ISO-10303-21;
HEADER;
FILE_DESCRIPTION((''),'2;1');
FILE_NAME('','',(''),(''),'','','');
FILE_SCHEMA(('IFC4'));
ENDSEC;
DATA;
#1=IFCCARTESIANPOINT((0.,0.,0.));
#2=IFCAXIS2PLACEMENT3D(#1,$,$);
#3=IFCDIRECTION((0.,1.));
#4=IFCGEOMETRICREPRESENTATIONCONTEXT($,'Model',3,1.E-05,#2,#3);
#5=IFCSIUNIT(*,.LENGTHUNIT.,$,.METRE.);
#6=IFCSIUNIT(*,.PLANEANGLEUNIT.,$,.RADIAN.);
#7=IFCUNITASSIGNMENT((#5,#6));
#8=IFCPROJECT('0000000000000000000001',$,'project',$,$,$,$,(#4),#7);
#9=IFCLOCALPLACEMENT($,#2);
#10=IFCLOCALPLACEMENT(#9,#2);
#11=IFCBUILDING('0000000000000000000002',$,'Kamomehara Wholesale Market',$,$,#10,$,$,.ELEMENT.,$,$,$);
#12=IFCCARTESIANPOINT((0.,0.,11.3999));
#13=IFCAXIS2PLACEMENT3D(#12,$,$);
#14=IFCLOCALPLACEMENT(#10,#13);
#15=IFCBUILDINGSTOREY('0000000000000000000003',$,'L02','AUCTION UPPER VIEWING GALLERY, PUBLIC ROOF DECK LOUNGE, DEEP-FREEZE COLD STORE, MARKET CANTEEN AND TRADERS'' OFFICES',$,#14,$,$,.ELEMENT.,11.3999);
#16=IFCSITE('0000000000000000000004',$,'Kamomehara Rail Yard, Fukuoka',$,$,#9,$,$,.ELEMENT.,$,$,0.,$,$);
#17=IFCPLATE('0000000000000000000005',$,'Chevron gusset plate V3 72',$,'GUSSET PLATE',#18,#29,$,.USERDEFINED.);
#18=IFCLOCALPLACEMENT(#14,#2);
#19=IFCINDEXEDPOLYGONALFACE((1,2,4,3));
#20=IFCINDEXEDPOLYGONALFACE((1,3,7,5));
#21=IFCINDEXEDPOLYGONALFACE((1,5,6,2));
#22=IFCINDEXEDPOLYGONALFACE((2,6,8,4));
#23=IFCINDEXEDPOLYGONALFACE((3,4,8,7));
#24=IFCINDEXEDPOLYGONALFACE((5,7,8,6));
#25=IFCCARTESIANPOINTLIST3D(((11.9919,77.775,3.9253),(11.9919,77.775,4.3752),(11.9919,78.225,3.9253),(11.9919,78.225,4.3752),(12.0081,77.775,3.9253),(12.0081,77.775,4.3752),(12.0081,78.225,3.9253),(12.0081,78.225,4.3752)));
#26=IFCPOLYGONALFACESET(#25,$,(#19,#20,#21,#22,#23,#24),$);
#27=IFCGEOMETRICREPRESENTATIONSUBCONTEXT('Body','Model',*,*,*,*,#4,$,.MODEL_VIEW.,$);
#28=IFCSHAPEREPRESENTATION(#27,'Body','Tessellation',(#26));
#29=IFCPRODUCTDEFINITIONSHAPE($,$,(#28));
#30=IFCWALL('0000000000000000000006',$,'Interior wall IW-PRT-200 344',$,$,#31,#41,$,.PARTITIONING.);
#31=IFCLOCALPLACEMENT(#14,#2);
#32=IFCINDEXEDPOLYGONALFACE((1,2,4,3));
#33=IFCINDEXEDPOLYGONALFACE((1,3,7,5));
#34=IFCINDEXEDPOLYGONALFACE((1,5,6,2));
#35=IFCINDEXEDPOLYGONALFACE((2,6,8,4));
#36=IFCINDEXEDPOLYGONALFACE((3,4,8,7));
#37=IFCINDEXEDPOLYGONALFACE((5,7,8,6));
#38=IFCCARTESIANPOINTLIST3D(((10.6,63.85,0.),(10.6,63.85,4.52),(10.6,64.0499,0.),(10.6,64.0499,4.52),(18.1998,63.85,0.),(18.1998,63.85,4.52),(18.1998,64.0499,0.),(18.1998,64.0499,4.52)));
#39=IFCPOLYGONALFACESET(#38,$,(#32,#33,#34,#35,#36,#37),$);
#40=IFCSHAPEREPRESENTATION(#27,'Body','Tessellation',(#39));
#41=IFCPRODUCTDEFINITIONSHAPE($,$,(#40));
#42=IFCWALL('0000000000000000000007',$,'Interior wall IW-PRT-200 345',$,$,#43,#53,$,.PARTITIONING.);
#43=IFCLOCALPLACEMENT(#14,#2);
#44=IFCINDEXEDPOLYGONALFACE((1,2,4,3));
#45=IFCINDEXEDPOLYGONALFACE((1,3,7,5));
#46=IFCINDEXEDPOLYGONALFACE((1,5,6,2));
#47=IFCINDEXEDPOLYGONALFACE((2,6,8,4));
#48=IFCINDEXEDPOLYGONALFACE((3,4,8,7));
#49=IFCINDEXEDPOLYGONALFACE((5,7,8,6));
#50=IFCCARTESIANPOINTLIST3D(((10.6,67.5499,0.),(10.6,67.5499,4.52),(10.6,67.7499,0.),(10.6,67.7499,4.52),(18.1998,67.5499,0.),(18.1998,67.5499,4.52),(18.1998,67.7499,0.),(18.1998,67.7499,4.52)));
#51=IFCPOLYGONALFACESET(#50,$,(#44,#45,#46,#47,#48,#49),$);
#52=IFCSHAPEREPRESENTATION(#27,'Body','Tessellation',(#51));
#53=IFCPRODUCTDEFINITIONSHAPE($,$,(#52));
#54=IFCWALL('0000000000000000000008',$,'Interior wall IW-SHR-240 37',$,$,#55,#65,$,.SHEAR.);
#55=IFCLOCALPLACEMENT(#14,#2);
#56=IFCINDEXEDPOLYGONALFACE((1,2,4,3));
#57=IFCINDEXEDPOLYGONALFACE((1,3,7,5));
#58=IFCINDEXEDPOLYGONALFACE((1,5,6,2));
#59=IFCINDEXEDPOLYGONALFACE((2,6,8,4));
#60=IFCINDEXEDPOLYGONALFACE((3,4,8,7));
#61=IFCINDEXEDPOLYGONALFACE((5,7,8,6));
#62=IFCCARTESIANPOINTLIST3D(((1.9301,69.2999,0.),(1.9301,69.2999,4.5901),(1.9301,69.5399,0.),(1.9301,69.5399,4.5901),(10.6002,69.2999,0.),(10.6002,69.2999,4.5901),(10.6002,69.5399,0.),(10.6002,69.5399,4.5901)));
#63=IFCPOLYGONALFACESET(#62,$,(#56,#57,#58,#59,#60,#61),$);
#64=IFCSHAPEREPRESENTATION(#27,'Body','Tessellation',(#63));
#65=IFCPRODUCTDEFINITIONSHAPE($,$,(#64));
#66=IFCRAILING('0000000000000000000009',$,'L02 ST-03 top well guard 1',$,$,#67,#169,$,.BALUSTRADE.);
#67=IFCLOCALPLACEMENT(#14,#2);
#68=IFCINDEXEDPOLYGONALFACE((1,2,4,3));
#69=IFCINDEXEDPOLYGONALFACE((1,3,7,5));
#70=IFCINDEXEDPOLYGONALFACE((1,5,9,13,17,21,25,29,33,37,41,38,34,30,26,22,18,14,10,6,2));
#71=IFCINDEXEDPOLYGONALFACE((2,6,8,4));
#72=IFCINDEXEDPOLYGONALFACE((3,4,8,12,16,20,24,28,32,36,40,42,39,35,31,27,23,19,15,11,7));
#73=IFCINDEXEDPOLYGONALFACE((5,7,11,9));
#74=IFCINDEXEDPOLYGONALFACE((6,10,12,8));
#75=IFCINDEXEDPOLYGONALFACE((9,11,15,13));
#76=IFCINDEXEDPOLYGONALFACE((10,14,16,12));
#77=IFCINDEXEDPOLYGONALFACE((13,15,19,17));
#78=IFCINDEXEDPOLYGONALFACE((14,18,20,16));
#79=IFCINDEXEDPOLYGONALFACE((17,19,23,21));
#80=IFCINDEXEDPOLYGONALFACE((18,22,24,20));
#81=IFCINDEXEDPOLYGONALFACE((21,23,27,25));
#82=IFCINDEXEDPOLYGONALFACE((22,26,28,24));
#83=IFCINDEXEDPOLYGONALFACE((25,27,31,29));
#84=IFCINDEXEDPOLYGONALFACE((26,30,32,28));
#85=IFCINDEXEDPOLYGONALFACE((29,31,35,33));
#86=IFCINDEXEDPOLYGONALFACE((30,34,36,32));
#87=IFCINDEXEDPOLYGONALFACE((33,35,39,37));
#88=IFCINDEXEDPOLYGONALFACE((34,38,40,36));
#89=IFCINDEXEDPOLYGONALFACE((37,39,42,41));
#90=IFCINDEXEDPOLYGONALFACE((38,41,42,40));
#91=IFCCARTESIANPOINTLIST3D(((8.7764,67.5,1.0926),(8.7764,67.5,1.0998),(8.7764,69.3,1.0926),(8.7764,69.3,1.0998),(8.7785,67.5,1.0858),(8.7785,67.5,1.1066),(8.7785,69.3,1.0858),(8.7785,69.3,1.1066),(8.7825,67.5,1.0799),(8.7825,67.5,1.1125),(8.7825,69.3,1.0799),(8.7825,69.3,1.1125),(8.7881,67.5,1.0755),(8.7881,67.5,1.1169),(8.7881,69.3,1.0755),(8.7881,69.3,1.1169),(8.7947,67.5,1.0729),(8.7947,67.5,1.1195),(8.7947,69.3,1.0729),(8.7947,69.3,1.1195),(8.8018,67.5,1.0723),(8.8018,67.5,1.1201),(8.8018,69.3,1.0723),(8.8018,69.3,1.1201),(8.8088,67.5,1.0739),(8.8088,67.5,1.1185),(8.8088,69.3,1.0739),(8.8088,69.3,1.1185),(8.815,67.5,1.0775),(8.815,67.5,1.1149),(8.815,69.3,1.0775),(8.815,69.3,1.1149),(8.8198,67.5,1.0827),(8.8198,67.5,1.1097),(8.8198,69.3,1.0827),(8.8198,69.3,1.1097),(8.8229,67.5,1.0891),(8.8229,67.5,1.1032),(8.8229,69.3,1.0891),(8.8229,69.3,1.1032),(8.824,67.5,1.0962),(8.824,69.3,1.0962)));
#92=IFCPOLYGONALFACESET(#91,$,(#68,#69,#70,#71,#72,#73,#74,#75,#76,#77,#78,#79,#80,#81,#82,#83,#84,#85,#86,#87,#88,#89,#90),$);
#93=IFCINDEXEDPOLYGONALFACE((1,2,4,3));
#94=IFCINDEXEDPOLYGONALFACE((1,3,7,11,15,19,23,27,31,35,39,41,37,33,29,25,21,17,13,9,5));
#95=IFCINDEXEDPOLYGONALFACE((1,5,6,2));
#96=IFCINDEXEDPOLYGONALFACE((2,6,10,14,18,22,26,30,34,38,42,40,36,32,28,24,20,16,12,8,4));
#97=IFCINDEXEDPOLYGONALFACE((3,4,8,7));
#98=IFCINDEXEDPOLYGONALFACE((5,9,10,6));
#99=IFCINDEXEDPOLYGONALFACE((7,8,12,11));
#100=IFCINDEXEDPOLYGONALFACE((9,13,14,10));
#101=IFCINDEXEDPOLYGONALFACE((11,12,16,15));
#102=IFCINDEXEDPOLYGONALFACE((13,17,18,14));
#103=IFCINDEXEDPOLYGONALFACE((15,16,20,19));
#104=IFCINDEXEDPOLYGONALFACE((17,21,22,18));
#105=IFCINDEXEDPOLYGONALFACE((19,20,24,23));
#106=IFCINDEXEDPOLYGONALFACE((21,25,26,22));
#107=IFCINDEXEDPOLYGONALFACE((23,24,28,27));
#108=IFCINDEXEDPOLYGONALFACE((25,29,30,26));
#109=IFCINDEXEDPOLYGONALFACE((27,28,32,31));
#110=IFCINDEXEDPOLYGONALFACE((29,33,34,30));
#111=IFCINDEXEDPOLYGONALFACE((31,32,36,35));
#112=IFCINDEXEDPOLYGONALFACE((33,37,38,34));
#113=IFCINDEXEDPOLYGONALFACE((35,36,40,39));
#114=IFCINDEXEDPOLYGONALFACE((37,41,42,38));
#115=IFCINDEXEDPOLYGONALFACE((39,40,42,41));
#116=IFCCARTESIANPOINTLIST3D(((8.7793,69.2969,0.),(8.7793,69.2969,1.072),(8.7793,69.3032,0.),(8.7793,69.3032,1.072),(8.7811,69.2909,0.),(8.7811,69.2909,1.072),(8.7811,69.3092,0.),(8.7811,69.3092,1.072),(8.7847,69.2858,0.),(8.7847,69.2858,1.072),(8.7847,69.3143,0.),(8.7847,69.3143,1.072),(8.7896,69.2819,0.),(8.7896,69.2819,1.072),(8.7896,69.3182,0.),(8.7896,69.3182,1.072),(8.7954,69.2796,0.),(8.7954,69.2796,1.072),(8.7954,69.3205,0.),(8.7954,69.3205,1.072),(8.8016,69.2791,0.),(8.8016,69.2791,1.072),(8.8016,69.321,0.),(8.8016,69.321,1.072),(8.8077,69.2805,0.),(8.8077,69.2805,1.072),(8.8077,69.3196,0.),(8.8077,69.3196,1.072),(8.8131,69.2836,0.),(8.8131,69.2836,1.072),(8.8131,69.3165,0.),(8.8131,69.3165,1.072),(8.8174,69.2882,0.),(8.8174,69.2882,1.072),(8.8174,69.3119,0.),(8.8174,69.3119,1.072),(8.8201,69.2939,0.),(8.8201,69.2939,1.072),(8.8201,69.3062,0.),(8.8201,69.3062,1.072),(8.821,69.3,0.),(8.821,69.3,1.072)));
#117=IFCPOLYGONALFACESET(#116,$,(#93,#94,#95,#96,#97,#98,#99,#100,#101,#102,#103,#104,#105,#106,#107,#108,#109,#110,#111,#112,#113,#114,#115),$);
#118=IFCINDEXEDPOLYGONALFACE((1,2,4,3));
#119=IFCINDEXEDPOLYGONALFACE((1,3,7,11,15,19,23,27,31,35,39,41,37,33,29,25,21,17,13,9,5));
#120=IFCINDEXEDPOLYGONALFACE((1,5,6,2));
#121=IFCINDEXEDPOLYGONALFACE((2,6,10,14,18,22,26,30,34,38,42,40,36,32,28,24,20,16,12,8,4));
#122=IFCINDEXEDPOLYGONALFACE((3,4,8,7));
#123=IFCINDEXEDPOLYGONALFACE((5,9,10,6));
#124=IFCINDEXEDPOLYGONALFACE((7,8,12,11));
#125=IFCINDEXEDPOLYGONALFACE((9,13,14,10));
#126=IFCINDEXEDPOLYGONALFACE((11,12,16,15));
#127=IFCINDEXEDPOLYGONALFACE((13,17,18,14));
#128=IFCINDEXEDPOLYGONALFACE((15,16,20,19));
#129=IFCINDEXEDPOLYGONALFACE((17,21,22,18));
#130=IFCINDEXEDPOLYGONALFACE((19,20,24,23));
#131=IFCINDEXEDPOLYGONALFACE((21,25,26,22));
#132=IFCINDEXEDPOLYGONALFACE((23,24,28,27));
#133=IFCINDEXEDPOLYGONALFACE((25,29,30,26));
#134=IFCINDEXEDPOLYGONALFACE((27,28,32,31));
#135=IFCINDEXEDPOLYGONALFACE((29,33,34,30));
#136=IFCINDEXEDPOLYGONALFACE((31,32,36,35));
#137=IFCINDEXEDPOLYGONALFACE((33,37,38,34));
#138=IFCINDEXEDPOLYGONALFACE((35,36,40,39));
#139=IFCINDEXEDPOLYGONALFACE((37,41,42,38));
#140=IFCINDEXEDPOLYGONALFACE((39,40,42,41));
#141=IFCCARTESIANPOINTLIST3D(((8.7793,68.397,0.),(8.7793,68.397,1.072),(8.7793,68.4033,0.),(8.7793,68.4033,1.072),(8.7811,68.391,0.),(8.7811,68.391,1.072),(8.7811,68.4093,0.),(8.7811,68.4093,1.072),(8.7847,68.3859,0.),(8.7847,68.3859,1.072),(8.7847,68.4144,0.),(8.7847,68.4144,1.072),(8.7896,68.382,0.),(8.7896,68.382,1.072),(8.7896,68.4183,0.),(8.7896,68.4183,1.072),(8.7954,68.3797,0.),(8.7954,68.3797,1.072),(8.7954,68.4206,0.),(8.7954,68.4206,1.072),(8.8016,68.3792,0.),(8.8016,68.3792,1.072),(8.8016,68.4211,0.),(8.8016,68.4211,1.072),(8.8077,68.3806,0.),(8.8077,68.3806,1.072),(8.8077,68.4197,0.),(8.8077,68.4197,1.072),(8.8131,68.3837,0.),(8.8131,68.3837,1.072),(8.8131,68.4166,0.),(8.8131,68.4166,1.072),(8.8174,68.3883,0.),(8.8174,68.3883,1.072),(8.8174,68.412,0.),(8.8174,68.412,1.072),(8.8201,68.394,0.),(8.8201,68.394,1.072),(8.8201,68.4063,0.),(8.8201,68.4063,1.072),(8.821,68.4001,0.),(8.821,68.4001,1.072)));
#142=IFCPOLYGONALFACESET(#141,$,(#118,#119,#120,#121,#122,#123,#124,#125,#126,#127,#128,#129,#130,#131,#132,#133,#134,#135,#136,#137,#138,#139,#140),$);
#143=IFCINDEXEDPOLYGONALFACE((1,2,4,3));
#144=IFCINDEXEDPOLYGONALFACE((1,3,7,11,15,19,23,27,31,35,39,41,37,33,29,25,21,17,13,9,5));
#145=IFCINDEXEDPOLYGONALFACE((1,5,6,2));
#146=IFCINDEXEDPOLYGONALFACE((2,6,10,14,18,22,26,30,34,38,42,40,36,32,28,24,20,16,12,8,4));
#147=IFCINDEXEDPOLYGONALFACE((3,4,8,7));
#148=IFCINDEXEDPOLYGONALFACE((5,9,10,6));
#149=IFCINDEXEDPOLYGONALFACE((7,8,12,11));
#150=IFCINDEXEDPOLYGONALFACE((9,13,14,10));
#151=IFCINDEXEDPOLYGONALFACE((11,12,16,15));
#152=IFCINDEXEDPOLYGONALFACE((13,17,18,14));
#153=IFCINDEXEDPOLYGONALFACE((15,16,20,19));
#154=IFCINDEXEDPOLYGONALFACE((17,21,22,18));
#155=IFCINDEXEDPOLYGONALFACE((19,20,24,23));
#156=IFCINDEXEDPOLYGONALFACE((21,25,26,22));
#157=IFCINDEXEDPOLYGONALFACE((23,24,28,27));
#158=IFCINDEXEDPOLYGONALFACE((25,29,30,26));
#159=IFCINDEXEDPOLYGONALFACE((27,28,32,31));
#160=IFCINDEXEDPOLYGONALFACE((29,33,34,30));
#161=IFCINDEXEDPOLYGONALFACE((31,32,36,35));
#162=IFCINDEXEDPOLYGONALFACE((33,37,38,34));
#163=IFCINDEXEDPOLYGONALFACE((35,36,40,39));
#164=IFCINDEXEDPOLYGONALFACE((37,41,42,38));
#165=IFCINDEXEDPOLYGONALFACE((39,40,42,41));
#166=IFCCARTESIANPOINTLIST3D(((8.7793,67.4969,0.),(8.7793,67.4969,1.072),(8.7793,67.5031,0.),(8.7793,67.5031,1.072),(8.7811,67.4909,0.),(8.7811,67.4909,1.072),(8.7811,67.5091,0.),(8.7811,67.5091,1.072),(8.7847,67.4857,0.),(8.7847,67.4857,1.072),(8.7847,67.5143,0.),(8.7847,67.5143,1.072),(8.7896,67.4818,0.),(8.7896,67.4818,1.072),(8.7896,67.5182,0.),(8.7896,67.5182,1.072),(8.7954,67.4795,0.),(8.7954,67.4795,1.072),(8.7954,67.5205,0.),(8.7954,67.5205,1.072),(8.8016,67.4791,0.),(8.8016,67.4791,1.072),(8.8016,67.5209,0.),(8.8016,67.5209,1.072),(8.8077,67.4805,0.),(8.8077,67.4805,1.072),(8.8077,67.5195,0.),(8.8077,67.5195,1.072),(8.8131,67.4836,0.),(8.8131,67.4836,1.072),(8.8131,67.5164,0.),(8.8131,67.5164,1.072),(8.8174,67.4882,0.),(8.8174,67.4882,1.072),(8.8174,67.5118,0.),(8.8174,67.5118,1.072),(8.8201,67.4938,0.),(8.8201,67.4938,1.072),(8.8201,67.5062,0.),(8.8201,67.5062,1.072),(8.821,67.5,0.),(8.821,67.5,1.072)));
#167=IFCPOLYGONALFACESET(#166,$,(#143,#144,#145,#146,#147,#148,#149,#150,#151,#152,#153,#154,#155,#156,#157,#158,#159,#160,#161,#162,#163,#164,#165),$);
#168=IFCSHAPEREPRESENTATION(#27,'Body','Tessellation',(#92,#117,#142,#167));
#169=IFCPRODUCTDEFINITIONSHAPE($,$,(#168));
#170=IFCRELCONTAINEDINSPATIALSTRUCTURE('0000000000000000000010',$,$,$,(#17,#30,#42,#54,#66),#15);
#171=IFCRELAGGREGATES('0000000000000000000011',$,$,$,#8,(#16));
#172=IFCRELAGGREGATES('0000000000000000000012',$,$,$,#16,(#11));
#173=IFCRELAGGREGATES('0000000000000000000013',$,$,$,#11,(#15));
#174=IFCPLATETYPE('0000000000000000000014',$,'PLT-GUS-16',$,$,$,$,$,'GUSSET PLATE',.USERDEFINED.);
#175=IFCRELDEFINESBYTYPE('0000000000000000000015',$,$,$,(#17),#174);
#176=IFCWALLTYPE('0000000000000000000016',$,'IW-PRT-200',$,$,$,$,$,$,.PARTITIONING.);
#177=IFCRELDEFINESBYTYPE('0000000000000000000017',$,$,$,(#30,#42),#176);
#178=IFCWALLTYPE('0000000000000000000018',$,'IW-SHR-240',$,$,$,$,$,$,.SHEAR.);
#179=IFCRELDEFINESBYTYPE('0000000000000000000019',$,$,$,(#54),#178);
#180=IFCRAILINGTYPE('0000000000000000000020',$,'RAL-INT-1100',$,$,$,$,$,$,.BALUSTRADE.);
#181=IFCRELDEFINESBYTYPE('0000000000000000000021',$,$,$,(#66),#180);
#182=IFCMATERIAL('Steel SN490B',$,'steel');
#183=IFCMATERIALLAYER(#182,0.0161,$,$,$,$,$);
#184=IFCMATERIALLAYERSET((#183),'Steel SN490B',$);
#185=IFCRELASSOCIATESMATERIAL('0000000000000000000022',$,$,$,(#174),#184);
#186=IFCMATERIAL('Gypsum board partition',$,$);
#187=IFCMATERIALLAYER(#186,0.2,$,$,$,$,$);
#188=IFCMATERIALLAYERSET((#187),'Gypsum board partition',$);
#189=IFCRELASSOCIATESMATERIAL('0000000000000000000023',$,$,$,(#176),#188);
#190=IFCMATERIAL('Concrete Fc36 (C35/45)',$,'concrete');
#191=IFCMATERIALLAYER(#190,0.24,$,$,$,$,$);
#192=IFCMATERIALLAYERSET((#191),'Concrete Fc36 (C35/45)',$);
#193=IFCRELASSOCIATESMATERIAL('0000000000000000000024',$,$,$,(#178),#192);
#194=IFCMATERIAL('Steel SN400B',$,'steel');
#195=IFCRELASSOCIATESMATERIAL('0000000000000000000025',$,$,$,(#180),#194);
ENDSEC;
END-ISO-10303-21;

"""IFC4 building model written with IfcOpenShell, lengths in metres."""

from ifc_helpers import new_model, si_unit, direction, frame, frame_2d, origin, origin_2d, place, context, subcontext, project, spatial, rectangle, circle, extrude, material, layer, layer_set, type_object, element, save


model = new_model("IFC4")

# Units and contexts
model_context = context("Model", 3, precision=1e-05, world=origin(), true_north=direction((0.0, 1.0)))
body_context = subcontext(model_context, "Body", "Model", "MODEL_VIEW")
ifc_project = project(units=[si_unit("LENGTHUNIT", "METRE"), si_unit("PLANEANGLEUNIT", "RADIAN")], contexts=[model_context])

# Site, building, storey
site_placement = place(None, origin())
site = spatial("IfcSite", under=ifc_project, at=site_placement, Name="Kamomehara Rail Yard, Fukuoka", CompositionType="ELEMENT", RefElevation=0.0)
building_placement = place(site_placement, origin())
building = spatial("IfcBuilding", under=site, at=building_placement, Name="Kamomehara Wholesale Market", CompositionType="ELEMENT")
storey_placement = place(building_placement, frame((0.0, 0.0, 11.3999)))
storey = spatial("IfcBuildingStorey", under=building, at=storey_placement, Name="L02", Description="AUCTION UPPER VIEWING GALLERY, PUBLIC ROOF DECK LOUNGE, DEEP-FREEZE COLD STORE, MARKET CANTEEN AND TRADERS' OFFICES", CompositionType="ELEMENT", Elevation=11.3999)

# Plate
ifc_material_1 = material(Name="Steel SN490B", Category="steel")
ifc_layer_1 = layer(ifc_material_1, 0.0161)
ifc_layer_set_1 = layer_set([ifc_layer_1], Name="Steel SN490B")
plate_type = type_object("IfcPlateType", Name="PLT-GUS-16", ElementType="GUSSET PLATE", PredefinedType="USERDEFINED", material=ifc_layer_set_1)
for number, where, z_axis, x_axis, name in (
    (1, (12.0, 78.0, 3.9253), (0.0, 0.0, 1.0), (1.0, 0.0, 0.0), "Chevron gusset plate V3 72"),
):
    element("IfcPlate", number, at=place(storey_placement, frame(where, z_axis=z_axis, x_axis=x_axis)), inside=storey, type_object=plate_type, Name=name, ObjectType="GUSSET PLATE", PredefinedType="USERDEFINED", context=body_context, shape_type="SweptSolid", body=[
        extrude(rectangle(XDim=0.0161, YDim=0.45, at=origin_2d()), origin(), (0.0, 0.0, 1.0), 0.45),
    ])

# Walls
ifc_material_2 = material(Name="Gypsum board partition")
ifc_layer_2 = layer(ifc_material_2, 0.2)
ifc_layer_set_2 = layer_set([ifc_layer_2], Name="Gypsum board partition")
wall_type_1 = type_object("IfcWallType", Name="IW-PRT-200", PredefinedType="PARTITIONING", material=ifc_layer_set_2)
for number, where, z_axis, x_axis, name in (
    (2, (10.6001, 63.95, 0.0), (0.0, 0.0, 1.0), (1.0, 0.0, 0.0), "Interior wall IW-PRT-200 344"),
    (3, (10.6001, 67.6499, 0.0), (0.0, 0.0, 1.0), (1.0, 0.0, 0.0), "Interior wall IW-PRT-200 345"),
):
    element("IfcWall", number, at=place(storey_placement, frame(where, z_axis=z_axis, x_axis=x_axis)), inside=storey, type_object=wall_type_1, Name=name, PredefinedType="PARTITIONING", context=body_context, shape_type="SweptSolid", body=[
        extrude(rectangle(XDim=7.5999, YDim=0.2, at=frame_2d((3.7998, 0.0))), origin(), (0.0, 0.0, 1.0), 4.52),
    ])
ifc_material_3 = material(Name="Concrete Fc36 (C35/45)", Category="concrete")
ifc_layer_3 = layer(ifc_material_3, 0.24)
ifc_layer_set_3 = layer_set([ifc_layer_3], Name="Concrete Fc36 (C35/45)")
wall_type_2 = type_object("IfcWallType", Name="IW-SHR-240", PredefinedType="SHEAR", material=ifc_layer_set_3)
wall_placement = place(storey_placement, frame((10.6001, 69.4199, 0.0), z_axis=(0.0, 0.0, 1.0), x_axis=(-1.0, 0.0, 0.0)))
element("IfcWall", 4, at=wall_placement, inside=storey, type_object=wall_type_2, Name="Interior wall IW-SHR-240 37", PredefinedType="SHEAR", context=body_context, shape_type="SweptSolid", body=[
    extrude(rectangle(XDim=8.6702, YDim=0.24, at=frame_2d((4.335, 0.0))), origin(), (0.0, 0.0, 1.0), 4.5901),
])

# Railing
ifc_material_4 = material(Name="Steel SN400B", Category="steel")
railing_type = type_object("IfcRailingType", Name="RAL-INT-1100", PredefinedType="BALUSTRADE", material=ifc_material_4)
railing_placement = place(storey_placement, frame((8.8, 69.3, 0.0)))
element("IfcRailing", 5, at=railing_placement, inside=storey, type_object=railing_type, Name="L02 ST-03 top well guard 1", PredefinedType="BALUSTRADE", context=body_context, shape_type="SweptSolid", body=[
    extrude(circle(Radius=0.0239, at=origin_2d()), frame((0.0, 0.0, 1.0962), z_axis=(0.0, -1.0, 0.0), x_axis=(1.0, 0.0, 0.0)), (0.0, 0.0, 1.0), 1.8),
    extrude(circle(Radius=0.021, at=origin_2d()), origin(), (0.0, 0.0, 1.0), 1.072),
    extrude(circle(Radius=0.021, at=origin_2d()), frame((0.0, -0.8999, 0.0)), (0.0, 0.0, 1.0), 1.072),
    extrude(circle(Radius=0.021, at=origin_2d()), frame((0.0, -1.8, 0.0)), (0.0, 0.0, 1.0), 1.072),
])

save(model, "model.ifc")
